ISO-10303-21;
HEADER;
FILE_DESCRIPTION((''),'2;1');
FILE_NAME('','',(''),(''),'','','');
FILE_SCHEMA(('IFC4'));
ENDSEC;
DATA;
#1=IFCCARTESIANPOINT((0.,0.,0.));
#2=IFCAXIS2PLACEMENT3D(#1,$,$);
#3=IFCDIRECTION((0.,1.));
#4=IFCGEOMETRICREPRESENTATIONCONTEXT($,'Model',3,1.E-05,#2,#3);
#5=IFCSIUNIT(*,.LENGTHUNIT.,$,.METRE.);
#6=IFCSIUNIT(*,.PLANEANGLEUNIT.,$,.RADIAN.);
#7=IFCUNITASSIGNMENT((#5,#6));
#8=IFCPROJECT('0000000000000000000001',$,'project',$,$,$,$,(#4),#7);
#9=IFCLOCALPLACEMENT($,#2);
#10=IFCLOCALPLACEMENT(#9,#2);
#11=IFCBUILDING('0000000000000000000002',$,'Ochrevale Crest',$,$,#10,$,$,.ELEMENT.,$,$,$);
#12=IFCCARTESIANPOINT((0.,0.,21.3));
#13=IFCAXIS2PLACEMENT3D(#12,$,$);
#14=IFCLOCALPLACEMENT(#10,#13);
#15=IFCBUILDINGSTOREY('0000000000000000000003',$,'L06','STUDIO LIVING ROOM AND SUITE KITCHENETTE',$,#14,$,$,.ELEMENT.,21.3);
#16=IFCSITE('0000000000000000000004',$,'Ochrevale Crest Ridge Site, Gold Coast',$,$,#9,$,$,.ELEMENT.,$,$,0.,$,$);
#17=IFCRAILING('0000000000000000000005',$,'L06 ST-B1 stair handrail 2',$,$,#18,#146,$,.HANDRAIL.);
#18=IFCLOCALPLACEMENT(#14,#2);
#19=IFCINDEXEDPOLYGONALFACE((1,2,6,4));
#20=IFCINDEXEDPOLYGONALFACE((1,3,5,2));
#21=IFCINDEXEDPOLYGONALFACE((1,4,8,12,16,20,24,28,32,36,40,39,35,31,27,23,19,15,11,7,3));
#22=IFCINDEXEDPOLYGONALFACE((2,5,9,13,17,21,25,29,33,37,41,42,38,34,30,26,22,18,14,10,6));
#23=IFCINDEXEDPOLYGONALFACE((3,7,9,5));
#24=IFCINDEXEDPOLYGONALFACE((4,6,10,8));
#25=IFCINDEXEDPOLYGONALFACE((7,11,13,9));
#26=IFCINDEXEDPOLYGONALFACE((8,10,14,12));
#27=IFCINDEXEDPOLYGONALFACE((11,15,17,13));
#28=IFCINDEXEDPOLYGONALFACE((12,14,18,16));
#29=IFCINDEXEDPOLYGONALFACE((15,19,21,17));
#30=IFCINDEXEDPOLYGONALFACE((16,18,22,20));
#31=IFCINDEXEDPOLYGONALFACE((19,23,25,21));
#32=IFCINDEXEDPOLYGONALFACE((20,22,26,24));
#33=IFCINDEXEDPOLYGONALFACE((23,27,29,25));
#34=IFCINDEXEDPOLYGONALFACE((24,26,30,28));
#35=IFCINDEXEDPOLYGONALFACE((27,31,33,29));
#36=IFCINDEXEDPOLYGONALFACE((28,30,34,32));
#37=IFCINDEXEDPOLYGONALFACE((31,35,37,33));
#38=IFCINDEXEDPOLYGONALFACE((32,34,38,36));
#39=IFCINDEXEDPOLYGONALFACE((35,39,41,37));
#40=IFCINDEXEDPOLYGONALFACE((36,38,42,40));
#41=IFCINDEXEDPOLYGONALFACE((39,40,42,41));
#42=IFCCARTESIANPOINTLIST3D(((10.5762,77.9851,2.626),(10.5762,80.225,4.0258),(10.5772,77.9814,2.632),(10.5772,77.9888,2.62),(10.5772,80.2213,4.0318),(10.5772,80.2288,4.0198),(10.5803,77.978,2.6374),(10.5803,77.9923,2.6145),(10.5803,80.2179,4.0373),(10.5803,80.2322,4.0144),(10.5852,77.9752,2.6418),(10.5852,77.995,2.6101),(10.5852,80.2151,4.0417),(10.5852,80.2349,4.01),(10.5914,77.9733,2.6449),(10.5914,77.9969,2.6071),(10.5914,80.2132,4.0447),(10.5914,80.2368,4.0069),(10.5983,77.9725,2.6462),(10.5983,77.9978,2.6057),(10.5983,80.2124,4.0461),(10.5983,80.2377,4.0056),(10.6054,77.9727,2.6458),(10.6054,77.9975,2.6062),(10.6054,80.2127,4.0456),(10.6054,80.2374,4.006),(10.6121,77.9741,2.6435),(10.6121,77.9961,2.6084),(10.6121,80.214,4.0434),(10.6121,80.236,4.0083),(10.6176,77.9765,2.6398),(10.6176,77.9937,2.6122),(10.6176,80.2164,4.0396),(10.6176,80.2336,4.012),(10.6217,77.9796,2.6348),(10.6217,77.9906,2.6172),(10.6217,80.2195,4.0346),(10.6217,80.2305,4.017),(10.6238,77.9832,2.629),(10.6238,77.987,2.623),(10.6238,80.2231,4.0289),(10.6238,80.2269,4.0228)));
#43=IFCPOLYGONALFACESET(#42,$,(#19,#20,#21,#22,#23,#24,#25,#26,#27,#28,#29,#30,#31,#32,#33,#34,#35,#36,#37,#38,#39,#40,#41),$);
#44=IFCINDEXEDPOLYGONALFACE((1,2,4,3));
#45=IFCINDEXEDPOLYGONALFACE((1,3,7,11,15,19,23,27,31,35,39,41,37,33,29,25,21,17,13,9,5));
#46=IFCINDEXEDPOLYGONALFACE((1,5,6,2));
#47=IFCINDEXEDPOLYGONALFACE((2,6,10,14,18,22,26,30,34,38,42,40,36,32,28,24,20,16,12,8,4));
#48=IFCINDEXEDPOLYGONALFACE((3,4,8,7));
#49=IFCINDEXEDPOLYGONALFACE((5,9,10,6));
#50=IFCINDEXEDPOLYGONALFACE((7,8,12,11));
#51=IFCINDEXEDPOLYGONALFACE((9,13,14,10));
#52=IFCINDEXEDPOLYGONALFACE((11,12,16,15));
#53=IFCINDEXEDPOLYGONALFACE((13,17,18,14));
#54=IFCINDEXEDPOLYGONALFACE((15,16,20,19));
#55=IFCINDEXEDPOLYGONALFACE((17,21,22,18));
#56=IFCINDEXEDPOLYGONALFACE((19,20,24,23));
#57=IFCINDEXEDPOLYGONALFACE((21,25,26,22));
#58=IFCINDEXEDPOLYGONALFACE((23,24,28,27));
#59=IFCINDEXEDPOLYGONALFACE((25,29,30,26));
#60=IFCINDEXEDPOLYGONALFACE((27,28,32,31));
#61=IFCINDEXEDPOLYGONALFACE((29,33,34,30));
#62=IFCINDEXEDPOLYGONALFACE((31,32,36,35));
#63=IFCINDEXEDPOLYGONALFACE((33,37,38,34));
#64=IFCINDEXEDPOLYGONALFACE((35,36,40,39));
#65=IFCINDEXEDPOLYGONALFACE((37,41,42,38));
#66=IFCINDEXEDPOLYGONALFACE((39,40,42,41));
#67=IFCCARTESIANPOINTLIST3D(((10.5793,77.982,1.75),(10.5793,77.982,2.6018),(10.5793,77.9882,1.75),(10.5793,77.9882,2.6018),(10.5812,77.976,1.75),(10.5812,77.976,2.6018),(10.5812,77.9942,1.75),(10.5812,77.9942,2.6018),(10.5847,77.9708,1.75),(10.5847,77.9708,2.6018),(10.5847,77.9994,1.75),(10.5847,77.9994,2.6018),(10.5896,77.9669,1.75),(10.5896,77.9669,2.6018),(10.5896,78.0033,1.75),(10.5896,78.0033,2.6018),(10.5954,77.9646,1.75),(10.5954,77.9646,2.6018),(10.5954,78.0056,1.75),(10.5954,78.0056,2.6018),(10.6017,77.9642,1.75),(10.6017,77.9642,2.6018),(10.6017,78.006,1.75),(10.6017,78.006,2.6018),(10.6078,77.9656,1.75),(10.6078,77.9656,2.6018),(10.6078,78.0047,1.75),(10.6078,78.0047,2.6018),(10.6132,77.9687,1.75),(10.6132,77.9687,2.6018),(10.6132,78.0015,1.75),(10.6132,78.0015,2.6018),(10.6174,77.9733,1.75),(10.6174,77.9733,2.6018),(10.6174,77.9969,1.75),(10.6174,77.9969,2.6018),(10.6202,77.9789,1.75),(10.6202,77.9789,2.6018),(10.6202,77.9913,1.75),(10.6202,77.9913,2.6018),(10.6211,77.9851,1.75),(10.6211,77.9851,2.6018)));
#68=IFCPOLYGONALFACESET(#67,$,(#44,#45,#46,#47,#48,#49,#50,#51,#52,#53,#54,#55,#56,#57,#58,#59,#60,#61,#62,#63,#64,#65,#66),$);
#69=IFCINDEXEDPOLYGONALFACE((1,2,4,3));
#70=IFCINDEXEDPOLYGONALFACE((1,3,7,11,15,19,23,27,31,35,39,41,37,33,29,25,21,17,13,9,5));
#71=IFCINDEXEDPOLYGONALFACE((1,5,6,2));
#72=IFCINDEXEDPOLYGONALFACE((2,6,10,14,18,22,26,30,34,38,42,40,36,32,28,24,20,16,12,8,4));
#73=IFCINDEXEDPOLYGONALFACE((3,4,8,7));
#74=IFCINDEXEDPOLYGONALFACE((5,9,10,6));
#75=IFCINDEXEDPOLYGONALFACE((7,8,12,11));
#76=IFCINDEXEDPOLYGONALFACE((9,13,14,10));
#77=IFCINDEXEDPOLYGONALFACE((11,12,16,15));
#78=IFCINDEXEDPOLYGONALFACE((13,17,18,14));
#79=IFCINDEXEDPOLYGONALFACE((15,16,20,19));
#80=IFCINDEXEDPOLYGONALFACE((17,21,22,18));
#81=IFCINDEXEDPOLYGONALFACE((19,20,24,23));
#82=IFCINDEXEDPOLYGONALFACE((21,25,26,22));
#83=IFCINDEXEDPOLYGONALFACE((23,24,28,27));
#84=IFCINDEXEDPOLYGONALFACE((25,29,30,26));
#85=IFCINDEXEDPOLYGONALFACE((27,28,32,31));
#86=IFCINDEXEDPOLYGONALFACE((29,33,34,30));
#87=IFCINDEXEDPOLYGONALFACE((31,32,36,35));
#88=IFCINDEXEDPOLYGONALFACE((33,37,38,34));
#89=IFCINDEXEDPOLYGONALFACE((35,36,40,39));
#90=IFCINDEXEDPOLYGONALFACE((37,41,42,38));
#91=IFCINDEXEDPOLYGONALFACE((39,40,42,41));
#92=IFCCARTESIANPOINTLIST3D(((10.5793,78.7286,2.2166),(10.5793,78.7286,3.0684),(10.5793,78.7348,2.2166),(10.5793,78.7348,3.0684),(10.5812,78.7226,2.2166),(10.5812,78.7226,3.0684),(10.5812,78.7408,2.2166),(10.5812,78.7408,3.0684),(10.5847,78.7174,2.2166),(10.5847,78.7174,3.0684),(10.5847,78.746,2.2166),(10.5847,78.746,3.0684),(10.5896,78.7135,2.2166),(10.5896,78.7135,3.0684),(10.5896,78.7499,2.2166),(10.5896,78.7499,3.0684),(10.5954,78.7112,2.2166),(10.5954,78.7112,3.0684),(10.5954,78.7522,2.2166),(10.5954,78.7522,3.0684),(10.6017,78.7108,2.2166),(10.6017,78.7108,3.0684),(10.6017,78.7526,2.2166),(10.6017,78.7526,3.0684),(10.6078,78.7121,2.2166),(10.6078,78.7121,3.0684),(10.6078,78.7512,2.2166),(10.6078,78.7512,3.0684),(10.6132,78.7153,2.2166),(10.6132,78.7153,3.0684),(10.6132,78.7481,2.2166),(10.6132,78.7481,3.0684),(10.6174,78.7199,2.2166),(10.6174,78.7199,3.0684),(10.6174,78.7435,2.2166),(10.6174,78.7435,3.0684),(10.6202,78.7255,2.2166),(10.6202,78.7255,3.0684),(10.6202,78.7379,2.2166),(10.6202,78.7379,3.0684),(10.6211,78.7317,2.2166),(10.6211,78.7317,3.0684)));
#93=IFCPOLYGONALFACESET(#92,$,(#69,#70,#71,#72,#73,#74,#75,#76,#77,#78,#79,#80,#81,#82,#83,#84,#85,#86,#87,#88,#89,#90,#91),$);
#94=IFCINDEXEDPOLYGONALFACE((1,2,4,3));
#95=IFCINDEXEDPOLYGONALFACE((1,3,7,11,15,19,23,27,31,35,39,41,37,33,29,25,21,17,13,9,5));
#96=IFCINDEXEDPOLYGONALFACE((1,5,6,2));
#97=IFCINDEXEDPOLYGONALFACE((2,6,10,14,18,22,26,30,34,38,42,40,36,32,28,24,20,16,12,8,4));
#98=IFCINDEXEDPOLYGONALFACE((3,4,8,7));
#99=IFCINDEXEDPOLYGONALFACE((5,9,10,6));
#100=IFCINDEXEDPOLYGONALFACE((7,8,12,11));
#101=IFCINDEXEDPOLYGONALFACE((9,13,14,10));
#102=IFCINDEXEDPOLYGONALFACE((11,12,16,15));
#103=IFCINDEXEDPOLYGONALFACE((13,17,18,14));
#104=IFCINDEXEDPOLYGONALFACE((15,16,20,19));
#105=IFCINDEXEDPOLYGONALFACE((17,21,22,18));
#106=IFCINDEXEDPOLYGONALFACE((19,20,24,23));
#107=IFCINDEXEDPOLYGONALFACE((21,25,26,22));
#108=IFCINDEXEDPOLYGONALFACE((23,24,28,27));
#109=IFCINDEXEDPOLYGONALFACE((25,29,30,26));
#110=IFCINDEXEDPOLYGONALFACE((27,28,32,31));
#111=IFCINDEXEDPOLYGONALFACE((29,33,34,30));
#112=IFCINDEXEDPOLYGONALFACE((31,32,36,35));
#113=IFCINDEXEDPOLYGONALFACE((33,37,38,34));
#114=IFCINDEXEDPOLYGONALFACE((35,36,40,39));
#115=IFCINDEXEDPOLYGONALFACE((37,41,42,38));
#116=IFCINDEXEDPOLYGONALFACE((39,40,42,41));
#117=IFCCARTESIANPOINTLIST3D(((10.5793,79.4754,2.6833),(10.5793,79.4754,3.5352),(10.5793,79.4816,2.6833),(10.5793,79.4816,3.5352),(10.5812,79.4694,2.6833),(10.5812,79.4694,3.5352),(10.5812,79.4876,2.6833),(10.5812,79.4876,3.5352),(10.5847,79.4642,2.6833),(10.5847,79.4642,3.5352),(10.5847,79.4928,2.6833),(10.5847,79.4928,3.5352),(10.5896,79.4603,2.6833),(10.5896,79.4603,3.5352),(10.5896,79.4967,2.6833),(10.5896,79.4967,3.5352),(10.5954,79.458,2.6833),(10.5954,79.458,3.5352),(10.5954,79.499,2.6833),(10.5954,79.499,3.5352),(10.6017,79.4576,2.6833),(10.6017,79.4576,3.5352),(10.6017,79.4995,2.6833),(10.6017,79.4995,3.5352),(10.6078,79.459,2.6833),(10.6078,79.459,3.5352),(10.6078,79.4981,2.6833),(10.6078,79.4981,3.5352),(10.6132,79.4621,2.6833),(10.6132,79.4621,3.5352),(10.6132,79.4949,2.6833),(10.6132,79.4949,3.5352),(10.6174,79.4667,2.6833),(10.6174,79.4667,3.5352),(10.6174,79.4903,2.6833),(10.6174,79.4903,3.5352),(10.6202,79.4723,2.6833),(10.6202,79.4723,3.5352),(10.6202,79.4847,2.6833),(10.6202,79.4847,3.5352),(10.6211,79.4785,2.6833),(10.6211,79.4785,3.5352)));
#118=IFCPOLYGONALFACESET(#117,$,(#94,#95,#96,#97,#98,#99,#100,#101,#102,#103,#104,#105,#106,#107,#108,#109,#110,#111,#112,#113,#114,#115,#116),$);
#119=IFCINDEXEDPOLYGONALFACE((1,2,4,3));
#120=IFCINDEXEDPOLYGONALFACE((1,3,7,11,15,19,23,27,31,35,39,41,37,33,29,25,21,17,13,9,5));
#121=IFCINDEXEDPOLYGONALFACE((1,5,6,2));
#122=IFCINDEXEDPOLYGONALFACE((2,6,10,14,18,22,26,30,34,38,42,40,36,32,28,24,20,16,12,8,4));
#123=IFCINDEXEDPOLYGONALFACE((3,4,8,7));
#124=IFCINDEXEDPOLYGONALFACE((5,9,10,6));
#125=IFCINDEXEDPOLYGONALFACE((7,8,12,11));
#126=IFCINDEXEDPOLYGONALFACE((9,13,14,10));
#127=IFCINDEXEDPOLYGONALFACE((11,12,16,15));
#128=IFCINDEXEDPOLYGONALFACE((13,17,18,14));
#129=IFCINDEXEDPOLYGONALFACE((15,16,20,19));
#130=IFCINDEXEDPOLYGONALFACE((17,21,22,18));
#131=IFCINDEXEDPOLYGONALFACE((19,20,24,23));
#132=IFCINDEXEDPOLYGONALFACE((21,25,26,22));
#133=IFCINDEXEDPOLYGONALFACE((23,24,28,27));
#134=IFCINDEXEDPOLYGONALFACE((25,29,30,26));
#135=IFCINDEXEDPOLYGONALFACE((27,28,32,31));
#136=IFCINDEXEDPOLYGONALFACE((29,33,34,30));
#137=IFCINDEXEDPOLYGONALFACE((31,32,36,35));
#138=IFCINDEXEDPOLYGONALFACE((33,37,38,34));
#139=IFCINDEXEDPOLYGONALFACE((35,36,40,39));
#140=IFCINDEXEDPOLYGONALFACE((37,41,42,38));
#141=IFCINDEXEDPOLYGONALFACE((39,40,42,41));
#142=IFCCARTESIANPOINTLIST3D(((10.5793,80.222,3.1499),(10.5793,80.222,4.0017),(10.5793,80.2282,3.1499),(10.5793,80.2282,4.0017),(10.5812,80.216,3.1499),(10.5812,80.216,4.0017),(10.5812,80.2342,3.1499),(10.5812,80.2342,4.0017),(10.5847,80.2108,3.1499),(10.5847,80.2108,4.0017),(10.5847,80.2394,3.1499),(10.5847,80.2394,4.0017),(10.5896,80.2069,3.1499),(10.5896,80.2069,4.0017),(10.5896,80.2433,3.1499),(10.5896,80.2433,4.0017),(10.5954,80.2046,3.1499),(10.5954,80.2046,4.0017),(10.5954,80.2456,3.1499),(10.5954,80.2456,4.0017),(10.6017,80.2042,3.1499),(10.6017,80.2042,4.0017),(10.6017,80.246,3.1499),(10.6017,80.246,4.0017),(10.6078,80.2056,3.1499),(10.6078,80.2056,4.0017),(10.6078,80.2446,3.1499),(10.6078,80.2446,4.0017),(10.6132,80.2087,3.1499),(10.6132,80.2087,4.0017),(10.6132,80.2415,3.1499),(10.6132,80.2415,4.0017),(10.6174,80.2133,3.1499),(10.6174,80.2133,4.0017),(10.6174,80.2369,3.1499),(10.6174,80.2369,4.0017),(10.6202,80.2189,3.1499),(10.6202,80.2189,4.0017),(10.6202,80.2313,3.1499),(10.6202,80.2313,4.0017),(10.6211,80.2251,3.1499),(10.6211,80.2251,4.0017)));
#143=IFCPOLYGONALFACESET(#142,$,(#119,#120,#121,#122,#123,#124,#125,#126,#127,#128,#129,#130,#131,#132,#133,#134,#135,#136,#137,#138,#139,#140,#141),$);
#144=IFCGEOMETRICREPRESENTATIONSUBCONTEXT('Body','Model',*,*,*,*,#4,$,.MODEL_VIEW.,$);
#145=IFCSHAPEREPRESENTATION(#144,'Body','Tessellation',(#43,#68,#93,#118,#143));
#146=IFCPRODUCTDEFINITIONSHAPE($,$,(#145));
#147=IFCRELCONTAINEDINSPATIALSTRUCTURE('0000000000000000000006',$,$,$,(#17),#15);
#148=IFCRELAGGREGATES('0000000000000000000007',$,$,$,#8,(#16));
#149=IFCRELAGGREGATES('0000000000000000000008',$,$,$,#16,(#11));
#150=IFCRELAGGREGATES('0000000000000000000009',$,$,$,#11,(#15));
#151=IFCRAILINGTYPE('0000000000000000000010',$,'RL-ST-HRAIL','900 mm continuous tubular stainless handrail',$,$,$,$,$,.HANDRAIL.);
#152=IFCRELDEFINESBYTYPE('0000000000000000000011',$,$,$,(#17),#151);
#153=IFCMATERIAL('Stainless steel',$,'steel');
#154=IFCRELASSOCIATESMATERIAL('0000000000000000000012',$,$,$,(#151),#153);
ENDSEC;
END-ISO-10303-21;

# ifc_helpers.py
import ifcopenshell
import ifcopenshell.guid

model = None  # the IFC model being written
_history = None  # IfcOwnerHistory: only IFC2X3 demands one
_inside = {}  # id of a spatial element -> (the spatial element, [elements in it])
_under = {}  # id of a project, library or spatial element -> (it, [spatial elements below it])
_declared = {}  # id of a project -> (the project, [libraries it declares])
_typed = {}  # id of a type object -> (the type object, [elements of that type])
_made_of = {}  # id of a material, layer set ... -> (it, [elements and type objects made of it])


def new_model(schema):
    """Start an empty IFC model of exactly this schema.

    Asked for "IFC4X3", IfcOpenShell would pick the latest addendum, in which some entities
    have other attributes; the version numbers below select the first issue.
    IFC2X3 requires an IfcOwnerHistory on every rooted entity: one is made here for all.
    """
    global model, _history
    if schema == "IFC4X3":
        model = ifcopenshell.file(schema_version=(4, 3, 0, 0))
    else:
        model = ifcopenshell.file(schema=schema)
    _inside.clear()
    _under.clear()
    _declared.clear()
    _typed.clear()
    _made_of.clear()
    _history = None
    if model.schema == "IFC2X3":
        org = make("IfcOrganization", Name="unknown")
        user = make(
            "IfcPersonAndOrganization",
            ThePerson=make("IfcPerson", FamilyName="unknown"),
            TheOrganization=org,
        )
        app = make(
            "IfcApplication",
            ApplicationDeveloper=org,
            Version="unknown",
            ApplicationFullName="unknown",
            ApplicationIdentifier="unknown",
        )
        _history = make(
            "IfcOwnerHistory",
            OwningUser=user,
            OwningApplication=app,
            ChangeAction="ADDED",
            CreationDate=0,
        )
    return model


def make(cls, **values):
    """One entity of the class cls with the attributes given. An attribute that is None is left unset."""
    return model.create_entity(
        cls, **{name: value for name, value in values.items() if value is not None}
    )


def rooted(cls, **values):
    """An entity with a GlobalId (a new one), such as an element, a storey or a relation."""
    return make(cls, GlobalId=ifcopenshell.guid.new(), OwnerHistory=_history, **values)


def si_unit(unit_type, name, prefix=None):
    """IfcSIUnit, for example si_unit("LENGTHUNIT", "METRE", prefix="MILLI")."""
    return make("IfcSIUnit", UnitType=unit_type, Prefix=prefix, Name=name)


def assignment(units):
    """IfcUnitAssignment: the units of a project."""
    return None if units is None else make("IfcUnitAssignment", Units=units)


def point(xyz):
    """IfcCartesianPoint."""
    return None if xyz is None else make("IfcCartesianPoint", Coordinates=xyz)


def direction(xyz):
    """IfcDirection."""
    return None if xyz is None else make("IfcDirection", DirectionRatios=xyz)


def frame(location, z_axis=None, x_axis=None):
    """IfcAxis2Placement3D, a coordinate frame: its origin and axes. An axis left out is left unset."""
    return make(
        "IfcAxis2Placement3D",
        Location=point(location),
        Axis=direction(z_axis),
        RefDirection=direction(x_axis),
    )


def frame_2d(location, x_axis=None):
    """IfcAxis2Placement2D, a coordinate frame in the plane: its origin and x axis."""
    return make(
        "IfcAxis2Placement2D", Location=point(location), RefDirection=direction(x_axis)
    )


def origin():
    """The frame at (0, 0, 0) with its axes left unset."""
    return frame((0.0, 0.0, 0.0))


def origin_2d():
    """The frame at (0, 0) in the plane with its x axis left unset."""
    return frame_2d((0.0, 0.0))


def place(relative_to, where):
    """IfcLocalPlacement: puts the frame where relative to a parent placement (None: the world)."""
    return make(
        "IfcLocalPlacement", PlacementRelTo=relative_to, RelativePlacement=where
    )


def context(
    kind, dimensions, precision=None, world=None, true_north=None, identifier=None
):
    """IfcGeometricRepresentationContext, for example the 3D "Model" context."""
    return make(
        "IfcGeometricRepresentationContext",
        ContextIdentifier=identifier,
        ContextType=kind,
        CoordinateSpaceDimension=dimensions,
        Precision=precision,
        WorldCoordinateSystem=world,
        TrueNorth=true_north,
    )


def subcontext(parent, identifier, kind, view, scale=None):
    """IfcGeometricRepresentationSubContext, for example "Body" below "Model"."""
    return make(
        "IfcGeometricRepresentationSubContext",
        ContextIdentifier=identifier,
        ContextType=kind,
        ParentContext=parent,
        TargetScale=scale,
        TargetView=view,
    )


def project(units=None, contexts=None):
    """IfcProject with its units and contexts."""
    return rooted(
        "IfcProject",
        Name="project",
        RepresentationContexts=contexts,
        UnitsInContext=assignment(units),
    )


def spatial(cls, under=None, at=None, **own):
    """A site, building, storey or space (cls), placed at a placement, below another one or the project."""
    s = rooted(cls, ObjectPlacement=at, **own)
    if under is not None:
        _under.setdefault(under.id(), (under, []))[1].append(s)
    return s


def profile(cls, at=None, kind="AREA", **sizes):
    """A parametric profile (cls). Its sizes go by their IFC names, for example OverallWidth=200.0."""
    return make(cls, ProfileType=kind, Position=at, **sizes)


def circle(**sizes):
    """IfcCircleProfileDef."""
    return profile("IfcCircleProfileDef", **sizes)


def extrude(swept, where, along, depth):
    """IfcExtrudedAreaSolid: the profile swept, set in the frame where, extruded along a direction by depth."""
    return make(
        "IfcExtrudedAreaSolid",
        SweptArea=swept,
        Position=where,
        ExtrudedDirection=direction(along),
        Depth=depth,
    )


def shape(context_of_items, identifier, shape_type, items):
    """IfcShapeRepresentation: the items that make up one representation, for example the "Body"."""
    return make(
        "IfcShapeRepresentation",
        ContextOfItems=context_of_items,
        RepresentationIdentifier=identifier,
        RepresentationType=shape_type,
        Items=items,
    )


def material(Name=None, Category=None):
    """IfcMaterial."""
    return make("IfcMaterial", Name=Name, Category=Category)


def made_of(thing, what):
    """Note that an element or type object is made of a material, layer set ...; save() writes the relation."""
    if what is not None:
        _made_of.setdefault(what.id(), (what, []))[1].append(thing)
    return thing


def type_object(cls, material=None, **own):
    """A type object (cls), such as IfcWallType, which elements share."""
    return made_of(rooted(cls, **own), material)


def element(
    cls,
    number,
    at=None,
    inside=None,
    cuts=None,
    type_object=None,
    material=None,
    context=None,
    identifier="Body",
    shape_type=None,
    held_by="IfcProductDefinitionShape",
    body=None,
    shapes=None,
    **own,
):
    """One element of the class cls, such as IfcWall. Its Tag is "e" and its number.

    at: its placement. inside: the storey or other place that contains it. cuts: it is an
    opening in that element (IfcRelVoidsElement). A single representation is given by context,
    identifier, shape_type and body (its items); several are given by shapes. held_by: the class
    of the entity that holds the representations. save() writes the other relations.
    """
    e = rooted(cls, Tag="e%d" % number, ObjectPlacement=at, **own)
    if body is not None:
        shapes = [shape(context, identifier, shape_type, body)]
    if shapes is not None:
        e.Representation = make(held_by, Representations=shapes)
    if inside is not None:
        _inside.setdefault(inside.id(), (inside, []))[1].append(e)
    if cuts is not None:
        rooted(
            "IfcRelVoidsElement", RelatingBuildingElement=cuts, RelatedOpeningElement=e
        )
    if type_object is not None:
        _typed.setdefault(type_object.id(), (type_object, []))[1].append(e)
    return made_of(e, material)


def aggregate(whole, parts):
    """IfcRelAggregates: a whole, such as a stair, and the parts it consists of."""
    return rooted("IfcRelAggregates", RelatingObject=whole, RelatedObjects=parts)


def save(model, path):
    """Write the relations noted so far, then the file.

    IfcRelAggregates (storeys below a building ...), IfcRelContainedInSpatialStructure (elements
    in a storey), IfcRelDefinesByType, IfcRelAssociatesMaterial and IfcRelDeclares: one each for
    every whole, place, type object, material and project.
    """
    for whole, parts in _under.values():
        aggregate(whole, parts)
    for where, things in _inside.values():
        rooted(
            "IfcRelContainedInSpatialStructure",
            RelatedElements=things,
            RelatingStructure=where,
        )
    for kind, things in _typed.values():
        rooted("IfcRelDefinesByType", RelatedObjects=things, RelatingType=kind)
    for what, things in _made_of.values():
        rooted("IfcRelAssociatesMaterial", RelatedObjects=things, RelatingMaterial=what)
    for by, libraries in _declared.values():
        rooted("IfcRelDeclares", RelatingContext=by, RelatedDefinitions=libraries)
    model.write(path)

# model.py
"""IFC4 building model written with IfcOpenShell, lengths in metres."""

from ifc_helpers import new_model, si_unit, direction, frame, origin, origin_2d, place, context, subcontext, project, spatial, circle, extrude, material, type_object, element, save


model = new_model("IFC4")

# Units and contexts
model_context = context("Model", 3, precision=1e-05, world=origin(), true_north=direction((0.0, 1.0)))
body_context = subcontext(model_context, "Body", "Model", "MODEL_VIEW")
ifc_project = project(units=[si_unit("LENGTHUNIT", "METRE"), si_unit("PLANEANGLEUNIT", "RADIAN")], contexts=[model_context])

# Site, building, storey
site_placement = place(None, origin())
site = spatial("IfcSite", under=ifc_project, at=site_placement, Name="Ochrevale Crest Ridge Site, Gold Coast", CompositionType="ELEMENT", RefElevation=0.0)
building_placement = place(site_placement, origin())
building = spatial("IfcBuilding", under=site, at=building_placement, Name="Ochrevale Crest", CompositionType="ELEMENT")
storey_placement = place(building_placement, frame((0.0, 0.0, 21.3)))
storey = spatial("IfcBuildingStorey", under=building, at=storey_placement, Name="L06", Description="STUDIO LIVING ROOM AND SUITE KITCHENETTE", CompositionType="ELEMENT", Elevation=21.3)

# Railing
ifc_material_1 = material(Name="Stainless steel", Category="steel")
railing_type_1 = type_object("IfcRailingType", Name="RL-ST-HRAIL", Description="900 mm continuous tubular stainless handrail", PredefinedType="HANDRAIL", material=ifc_material_1)
railing_1_placement = place(storey_placement, frame((10.6001, 77.9851, 1.75)))
element("IfcRailing", 1, at=railing_1_placement, inside=storey, type_object=railing_type_1, Name="L06 ST-B1 stair handrail 2", PredefinedType="HANDRAIL", context=body_context, shape_type="SweptSolid", body=[
    extrude(circle(Radius=0.0239, at=origin_2d()), frame((0.0, 0.0, 0.876), z_axis=(0.0, 0.848014, 0.529974), x_axis=(-1.0, 0.0, 0.0)), (0.0, 0.0, 1.0), 2.6414),
    extrude(circle(Radius=0.021, at=origin_2d()), origin(), (0.0, 0.0, 1.0), 0.8518),
    extrude(circle(Radius=0.021, at=origin_2d()), frame((0.0, 0.7466, 0.4666)), (0.0, 0.0, 1.0), 0.8518),
    extrude(circle(Radius=0.021, at=origin_2d()), frame((0.0, 1.4934, 0.9333)), (0.0, 0.0, 1.0), 0.8518),
    extrude(circle(Radius=0.021, at=origin_2d()), frame((0.0, 2.24, 1.3999)), (0.0, 0.0, 1.0), 0.8518),
])

save(model, "model.ifc")
